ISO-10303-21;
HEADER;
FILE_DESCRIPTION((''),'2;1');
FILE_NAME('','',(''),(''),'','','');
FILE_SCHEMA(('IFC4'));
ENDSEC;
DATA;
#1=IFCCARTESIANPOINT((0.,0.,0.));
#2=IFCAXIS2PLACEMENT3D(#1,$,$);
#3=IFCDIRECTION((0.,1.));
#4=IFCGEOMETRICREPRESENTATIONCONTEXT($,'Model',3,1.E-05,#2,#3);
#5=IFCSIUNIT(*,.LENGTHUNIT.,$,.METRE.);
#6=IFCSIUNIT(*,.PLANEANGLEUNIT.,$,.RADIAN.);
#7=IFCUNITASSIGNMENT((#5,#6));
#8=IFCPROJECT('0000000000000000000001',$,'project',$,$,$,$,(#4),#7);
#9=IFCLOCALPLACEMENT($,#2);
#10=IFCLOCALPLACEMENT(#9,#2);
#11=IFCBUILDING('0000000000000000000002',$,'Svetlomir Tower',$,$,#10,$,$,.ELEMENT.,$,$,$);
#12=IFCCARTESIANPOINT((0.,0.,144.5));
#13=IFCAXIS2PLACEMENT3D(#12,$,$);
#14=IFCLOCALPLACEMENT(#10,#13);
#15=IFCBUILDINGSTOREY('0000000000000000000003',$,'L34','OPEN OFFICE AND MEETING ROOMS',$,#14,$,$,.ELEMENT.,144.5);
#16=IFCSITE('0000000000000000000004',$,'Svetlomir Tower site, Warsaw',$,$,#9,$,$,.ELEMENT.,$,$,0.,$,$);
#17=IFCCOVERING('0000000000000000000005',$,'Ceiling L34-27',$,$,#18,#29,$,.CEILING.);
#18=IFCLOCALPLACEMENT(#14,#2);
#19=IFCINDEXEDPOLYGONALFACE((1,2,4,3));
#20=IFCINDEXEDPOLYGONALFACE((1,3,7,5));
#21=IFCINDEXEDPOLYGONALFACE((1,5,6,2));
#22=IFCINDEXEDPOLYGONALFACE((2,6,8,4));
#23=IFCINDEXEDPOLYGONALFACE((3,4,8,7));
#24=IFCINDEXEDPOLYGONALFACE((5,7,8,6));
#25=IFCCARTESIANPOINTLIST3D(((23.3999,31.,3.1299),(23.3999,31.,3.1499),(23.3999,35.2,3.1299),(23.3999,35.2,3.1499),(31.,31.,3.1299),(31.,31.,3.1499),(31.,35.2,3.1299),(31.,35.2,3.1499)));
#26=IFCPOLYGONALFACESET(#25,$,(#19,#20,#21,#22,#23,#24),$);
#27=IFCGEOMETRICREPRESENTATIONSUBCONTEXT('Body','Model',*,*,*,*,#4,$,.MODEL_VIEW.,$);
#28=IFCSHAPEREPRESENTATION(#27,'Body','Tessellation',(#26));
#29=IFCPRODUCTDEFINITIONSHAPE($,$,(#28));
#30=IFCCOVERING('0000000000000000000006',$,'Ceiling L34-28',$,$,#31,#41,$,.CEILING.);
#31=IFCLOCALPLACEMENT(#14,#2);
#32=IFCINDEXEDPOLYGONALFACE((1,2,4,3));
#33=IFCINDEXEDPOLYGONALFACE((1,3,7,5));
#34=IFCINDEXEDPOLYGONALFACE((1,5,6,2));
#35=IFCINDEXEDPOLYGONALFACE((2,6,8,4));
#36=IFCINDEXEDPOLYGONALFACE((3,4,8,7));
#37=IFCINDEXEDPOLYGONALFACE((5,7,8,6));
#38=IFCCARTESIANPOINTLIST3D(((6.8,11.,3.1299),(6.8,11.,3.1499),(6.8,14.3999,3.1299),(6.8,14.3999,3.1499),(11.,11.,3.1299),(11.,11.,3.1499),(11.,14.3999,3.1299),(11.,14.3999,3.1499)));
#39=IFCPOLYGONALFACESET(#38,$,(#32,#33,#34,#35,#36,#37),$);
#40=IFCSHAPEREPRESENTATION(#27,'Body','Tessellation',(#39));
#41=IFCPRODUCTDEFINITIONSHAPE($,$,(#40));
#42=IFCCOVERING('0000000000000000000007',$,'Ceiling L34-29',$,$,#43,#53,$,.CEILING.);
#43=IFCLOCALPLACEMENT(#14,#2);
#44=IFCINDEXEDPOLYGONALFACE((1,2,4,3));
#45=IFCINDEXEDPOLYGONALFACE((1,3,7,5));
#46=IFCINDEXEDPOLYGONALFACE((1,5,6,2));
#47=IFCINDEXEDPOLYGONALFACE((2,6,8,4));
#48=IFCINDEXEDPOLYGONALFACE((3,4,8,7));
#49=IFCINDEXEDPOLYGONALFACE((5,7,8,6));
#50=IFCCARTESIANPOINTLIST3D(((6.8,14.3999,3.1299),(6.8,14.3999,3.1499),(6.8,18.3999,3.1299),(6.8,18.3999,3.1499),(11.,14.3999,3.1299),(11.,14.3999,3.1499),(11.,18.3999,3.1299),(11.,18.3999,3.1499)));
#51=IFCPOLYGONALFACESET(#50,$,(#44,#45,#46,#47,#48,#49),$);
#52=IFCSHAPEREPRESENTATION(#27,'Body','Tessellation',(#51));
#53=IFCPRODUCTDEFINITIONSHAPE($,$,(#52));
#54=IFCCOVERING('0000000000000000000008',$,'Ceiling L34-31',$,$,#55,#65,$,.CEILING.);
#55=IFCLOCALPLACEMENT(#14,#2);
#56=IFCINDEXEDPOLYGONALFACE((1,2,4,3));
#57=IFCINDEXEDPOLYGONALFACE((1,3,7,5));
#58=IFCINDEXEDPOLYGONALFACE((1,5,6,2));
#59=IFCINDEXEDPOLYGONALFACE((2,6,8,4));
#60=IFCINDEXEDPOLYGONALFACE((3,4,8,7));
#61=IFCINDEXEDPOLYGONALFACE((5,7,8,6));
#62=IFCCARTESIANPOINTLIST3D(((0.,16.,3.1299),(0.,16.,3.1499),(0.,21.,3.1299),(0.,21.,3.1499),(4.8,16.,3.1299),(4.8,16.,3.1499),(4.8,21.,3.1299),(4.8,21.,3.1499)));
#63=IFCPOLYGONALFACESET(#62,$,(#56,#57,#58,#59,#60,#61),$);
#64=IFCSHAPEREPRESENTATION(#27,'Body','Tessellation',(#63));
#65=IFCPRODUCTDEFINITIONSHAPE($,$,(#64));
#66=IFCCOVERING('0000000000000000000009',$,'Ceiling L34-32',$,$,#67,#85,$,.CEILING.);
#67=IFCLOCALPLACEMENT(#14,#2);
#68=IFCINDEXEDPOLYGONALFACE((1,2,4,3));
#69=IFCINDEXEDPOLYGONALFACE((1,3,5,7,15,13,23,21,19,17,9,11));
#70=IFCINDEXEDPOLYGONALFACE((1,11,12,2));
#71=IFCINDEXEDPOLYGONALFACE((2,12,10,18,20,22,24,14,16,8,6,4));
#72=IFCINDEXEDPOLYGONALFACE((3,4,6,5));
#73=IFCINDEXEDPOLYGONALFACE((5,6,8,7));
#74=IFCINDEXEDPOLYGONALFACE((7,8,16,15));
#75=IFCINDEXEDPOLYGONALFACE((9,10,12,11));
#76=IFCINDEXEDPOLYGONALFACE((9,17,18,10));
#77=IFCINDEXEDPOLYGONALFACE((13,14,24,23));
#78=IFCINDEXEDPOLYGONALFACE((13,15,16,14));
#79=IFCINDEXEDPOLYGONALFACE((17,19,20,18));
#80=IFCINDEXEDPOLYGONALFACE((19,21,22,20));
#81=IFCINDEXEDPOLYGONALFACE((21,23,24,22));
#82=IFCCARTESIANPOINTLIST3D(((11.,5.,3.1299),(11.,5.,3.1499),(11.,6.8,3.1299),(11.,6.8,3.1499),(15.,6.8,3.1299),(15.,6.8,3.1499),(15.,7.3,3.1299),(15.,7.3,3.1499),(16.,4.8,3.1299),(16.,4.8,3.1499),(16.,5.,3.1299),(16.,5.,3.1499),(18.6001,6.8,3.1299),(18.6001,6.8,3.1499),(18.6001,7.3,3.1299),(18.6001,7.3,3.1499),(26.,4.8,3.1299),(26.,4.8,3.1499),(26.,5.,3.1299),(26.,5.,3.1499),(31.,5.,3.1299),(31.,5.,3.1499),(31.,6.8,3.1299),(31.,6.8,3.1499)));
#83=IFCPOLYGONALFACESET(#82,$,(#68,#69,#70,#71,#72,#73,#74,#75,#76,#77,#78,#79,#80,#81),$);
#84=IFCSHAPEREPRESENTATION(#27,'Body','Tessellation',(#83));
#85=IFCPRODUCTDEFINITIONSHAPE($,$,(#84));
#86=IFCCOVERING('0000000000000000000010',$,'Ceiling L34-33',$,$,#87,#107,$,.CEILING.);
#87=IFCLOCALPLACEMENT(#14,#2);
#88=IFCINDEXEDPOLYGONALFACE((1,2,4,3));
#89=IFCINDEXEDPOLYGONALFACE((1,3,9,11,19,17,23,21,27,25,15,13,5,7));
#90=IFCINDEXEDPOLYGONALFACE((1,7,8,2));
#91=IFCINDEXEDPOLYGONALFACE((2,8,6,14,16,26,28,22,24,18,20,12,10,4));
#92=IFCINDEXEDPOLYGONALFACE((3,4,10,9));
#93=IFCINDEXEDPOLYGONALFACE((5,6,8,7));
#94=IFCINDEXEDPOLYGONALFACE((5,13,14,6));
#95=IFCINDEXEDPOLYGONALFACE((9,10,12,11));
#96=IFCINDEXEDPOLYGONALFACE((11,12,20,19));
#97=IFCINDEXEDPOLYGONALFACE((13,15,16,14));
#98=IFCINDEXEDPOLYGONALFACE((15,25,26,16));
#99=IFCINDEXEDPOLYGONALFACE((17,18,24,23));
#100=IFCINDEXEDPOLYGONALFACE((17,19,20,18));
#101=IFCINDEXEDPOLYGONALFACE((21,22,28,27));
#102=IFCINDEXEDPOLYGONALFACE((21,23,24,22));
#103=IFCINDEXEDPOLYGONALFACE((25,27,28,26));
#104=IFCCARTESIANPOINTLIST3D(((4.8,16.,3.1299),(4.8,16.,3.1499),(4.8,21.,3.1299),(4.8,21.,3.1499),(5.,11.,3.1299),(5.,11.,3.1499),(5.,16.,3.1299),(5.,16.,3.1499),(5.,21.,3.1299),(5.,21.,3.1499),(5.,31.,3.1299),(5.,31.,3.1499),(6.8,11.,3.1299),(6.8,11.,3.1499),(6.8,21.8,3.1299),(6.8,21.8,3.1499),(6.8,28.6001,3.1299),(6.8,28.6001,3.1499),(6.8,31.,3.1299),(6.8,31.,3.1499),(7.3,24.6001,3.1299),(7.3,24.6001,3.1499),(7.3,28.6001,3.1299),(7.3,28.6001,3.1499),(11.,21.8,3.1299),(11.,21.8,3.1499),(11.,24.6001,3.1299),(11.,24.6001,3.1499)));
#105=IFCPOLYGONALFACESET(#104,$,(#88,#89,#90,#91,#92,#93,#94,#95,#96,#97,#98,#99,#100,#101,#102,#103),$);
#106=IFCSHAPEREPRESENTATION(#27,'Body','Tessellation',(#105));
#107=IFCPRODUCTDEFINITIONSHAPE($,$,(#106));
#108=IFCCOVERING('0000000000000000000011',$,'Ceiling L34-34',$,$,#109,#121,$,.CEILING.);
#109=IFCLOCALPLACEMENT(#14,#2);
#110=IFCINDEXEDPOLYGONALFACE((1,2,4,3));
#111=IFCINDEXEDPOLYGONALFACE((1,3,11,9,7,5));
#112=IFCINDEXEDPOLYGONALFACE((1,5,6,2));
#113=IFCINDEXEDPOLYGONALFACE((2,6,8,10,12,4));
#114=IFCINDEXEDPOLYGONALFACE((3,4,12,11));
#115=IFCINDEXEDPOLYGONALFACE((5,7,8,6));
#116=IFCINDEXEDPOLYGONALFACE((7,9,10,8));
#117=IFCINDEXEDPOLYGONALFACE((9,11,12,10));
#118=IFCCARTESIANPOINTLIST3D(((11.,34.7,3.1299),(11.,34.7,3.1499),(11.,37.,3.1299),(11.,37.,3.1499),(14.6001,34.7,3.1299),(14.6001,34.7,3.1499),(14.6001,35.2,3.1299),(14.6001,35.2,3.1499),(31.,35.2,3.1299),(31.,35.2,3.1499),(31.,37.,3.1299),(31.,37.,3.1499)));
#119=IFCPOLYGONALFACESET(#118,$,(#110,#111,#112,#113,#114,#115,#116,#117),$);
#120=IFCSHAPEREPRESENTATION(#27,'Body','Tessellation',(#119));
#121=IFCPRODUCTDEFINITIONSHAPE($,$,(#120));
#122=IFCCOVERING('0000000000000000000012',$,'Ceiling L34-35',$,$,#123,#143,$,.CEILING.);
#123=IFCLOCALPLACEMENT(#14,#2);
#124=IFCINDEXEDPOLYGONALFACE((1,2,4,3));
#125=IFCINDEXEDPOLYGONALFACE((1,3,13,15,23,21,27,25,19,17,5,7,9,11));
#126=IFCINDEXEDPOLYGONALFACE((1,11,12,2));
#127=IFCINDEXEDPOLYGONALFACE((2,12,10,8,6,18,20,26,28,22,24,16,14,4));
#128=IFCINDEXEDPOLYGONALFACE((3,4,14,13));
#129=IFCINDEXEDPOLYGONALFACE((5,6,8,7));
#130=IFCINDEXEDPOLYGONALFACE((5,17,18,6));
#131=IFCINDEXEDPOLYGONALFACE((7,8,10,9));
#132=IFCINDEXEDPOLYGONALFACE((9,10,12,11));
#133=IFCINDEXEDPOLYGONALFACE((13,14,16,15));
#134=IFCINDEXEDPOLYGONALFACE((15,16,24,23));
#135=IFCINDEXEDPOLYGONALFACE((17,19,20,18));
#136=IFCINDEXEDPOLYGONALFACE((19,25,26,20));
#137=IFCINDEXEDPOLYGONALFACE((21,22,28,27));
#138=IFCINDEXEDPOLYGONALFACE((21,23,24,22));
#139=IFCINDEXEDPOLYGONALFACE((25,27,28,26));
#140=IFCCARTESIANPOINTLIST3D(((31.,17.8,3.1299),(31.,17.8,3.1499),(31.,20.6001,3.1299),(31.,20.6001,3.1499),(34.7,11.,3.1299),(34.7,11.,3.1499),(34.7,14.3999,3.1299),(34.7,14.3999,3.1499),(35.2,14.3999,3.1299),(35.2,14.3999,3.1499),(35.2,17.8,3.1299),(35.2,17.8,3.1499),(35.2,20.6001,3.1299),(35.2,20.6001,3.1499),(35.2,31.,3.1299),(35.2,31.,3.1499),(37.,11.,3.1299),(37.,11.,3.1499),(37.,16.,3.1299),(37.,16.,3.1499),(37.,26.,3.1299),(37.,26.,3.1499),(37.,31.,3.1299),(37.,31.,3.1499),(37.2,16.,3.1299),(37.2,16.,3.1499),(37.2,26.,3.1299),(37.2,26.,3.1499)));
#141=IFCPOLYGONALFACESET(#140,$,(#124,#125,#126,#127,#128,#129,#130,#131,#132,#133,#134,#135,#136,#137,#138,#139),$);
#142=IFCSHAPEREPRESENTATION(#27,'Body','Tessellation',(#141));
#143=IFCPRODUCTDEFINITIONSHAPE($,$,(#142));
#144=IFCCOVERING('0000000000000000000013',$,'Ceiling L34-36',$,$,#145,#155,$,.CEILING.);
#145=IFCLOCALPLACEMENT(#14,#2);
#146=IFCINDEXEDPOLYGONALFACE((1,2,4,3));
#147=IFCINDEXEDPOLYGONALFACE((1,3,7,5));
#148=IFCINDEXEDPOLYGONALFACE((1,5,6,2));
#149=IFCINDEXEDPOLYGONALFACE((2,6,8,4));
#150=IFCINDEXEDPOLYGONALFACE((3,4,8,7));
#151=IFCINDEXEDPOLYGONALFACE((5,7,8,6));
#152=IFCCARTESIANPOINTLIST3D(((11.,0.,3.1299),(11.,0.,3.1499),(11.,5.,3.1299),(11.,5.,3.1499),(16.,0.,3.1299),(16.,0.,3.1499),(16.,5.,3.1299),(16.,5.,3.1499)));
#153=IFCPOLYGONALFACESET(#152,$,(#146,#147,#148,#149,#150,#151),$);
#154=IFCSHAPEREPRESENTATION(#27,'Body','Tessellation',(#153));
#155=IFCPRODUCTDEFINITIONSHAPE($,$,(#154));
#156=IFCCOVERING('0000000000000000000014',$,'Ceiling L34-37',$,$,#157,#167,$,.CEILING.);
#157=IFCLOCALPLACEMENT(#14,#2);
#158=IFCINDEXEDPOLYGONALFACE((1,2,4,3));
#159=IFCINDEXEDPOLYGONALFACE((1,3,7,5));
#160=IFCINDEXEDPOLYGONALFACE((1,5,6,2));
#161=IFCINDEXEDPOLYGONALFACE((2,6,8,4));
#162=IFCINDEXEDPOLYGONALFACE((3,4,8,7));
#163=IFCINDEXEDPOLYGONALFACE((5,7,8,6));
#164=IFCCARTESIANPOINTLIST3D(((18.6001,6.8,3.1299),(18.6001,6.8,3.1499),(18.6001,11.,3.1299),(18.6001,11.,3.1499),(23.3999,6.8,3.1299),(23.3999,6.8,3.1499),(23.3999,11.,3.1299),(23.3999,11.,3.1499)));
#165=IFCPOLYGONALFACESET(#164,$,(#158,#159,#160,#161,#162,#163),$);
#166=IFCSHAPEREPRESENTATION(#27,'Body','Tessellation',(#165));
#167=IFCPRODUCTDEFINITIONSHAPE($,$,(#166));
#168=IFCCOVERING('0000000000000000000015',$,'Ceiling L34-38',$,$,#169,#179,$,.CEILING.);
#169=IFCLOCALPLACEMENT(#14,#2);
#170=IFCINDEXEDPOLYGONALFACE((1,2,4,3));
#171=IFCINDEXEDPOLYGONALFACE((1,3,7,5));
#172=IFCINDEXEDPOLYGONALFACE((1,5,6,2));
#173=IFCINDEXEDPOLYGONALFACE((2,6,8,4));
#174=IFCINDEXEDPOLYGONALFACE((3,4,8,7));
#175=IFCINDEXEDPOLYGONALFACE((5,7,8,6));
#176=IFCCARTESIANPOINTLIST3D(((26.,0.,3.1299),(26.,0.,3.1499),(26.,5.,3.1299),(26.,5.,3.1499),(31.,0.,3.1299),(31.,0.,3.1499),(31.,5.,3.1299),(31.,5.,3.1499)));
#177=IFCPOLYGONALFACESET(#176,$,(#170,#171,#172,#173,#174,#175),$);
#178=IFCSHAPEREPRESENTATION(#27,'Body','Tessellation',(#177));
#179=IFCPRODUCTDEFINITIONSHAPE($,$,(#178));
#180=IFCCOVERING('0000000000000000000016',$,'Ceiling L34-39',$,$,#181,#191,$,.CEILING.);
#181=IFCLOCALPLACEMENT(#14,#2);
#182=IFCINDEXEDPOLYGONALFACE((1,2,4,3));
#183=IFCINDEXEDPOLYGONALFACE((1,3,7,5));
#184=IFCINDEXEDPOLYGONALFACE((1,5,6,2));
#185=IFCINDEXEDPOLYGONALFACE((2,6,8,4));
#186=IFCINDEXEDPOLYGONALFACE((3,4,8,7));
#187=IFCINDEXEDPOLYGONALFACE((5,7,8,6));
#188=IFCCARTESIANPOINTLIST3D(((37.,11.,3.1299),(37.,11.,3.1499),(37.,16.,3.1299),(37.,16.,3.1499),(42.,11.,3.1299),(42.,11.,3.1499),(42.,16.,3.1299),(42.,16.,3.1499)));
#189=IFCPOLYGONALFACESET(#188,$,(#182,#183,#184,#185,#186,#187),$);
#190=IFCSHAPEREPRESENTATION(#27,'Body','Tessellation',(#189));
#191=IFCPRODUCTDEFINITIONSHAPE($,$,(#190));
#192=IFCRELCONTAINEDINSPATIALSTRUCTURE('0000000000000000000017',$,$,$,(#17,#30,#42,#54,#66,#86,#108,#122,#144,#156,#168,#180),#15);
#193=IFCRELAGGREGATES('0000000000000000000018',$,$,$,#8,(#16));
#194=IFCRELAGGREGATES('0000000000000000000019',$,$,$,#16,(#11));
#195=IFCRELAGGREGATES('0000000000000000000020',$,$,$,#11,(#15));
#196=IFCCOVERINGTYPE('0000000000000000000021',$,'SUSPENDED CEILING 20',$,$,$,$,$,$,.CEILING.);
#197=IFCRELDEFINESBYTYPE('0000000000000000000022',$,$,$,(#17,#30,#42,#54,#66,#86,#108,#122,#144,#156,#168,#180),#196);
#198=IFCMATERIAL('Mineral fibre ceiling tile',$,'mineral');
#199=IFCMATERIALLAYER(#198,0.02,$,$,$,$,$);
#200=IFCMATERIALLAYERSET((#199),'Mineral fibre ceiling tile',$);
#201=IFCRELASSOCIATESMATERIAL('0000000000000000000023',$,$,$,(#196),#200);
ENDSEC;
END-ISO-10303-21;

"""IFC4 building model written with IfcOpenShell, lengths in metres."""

from ifc_helpers import new_model, si_unit, direction, frame, origin, place, context, subcontext, project, spatial, polyline, outline, extrude, material, layer, layer_set, type_object, element, save


model = new_model("IFC4")

# Units and contexts
model_context = context("Model", 3, precision=1e-05, world=origin(), true_north=direction((0.0, 1.0)))
body_context = subcontext(model_context, "Body", "Model", "MODEL_VIEW")
ifc_project = project(units=[si_unit("LENGTHUNIT", "METRE"), si_unit("PLANEANGLEUNIT", "RADIAN")], contexts=[model_context])

# Site, building, storey
site_placement = place(None, origin())
site = spatial("IfcSite", under=ifc_project, at=site_placement, Name="Svetlomir Tower site, Warsaw", CompositionType="ELEMENT", RefElevation=0.0)
building_placement = place(site_placement, origin())
building = spatial("IfcBuilding", under=site, at=building_placement, Name="Svetlomir Tower", CompositionType="ELEMENT")
storey_placement = place(building_placement, frame((0.0, 0.0, 144.5)))
storey = spatial("IfcBuildingStorey", under=building, at=storey_placement, Name="L34", Description="OPEN OFFICE AND MEETING ROOMS", CompositionType="ELEMENT", Elevation=144.5)

# Coverings
ifc_material_1 = material(Name="Mineral fibre ceiling tile", Category="mineral")
ifc_layer_1 = layer(ifc_material_1, 0.02)
ifc_layer_set_1 = layer_set([ifc_layer_1], Name="Mineral fibre ceiling tile")
covering_type_1 = type_object("IfcCoveringType", Name="SUSPENDED CEILING 20", PredefinedType="CEILING", material=ifc_layer_set_1)
covering_1_placement = place(storey_placement, frame((0.0, 0.0, 3.1299)))
element("IfcCovering", 1, at=covering_1_placement, inside=storey, type_object=covering_type_1, Name="Ceiling L34-27", PredefinedType="CEILING", context=body_context, shape_type="SweptSolid", body=[
    extrude(outline(polyline([(23.3999, 31.0), (31.0, 31.0), (31.0, 35.2), (23.3999, 35.2), (23.3999, 31.0)])), origin(), (0.0, 0.0, 1.0), 0.02),
])
covering_2_placement = place(storey_placement, frame((0.0, 0.0, 3.1299)))
element("IfcCovering", 2, at=covering_2_placement, inside=storey, type_object=covering_type_1, Name="Ceiling L34-28", PredefinedType="CEILING", context=body_context, shape_type="SweptSolid", body=[
    extrude(outline(polyline([(6.8, 11.0), (11.0, 11.0), (11.0, 14.3999), (6.8, 14.3999), (6.8, 11.0)])), origin(), (0.0, 0.0, 1.0), 0.02),
])
covering_3_placement = place(storey_placement, frame((0.0, 0.0, 3.1299)))
element("IfcCovering", 3, at=covering_3_placement, inside=storey, type_object=covering_type_1, Name="Ceiling L34-29", PredefinedType="CEILING", context=body_context, shape_type="SweptSolid", body=[
    extrude(outline(polyline([(6.8, 14.3999), (11.0, 14.3999), (11.0, 18.3999), (6.8, 18.3999), (6.8, 14.3999)])), origin(), (0.0, 0.0, 1.0), 0.02),
])
covering_4_placement = place(storey_placement, frame((0.0, 0.0, 3.1299)))
element("IfcCovering", 4, at=covering_4_placement, inside=storey, type_object=covering_type_1, Name="Ceiling L34-31", PredefinedType="CEILING", context=body_context, shape_type="SweptSolid", body=[
    extrude(outline(polyline([(0.0, 16.0), (4.8, 16.0), (4.8, 21.0), (0.0, 21.0), (0.0, 16.0)])), origin(), (0.0, 0.0, 1.0), 0.02),
])
covering_5_placement = place(storey_placement, frame((0.0, 0.0, 3.1299)))
element("IfcCovering", 5, at=covering_5_placement, inside=storey, type_object=covering_type_1, Name="Ceiling L34-32", PredefinedType="CEILING", context=body_context, shape_type="SweptSolid", body=[
    extrude(outline(polyline([(18.6001, 7.3), (18.6001, 6.8), (31.0, 6.8), (31.0, 5.0), (26.0, 5.0), (26.0, 4.8), (16.0, 4.8), (16.0, 5.0), (11.0, 5.0), (11.0, 6.8), (15.0, 6.8), (15.0, 7.3), (18.6001, 7.3)])), origin(), (0.0, 0.0, 1.0), 0.02),
])
covering_6_placement = place(storey_placement, frame((0.0, 0.0, 3.1299)))
element("IfcCovering", 6, at=covering_6_placement, inside=storey, type_object=covering_type_1, Name="Ceiling L34-33", PredefinedType="CEILING", context=body_context, shape_type="SweptSolid", body=[
    extrude(outline(polyline([(5.0, 31.0), (6.8, 31.0), (6.8, 28.6001), (7.3, 28.6001), (7.3, 24.6001), (11.0, 24.6001), (11.0, 21.8), (6.8, 21.8), (6.8, 11.0), (5.0, 11.0), (5.0, 16.0), (4.8, 16.0), (4.8, 21.0), (5.0, 21.0), (5.0, 31.0)])), origin(), (0.0, 0.0, 1.0), 0.02),
])
covering_7_placement = place(storey_placement, frame((0.0, 0.0, 3.1299)))
element("IfcCovering", 7, at=covering_7_placement, inside=storey, type_object=covering_type_1, Name="Ceiling L34-34", PredefinedType="CEILING", context=body_context, shape_type="SweptSolid", body=[
    extrude(outline(polyline([(11.0, 34.7), (11.0, 37.0), (31.0, 37.0), (31.0, 35.2), (14.6001, 35.2), (14.6001, 34.7), (11.0, 34.7)])), origin(), (0.0, 0.0, 1.0), 0.02),
])
covering_8_placement = place(storey_placement, frame((0.0, 0.0, 3.1299)))
element("IfcCovering", 8, at=covering_8_placement, inside=storey, type_object=covering_type_1, Name="Ceiling L34-35", PredefinedType="CEILING", context=body_context, shape_type="SweptSolid", body=[
    extrude(outline(polyline([(34.7, 14.3999), (35.2, 14.3999), (35.2, 17.8), (31.0, 17.8), (31.0, 20.6001), (35.2, 20.6001), (35.2, 31.0), (37.0, 31.0), (37.0, 26.0), (37.2, 26.0), (37.2, 16.0), (37.0, 16.0), (37.0, 11.0), (34.7, 11.0), (34.7, 14.3999)])), origin(), (0.0, 0.0, 1.0), 0.02),
])
covering_9_placement = place(storey_placement, frame((0.0, 0.0, 3.1299)))
element("IfcCovering", 9, at=covering_9_placement, inside=storey, type_object=covering_type_1, Name="Ceiling L34-36", PredefinedType="CEILING", context=body_context, shape_type="SweptSolid", body=[
    extrude(outline(polyline([(16.0, 5.0), (16.0, 0.0), (11.0, 0.0), (11.0, 5.0), (16.0, 5.0)])), origin(), (0.0, 0.0, 1.0), 0.02),
])
covering_10_placement = place(storey_placement, frame((0.0, 0.0, 3.1299)))
element("IfcCovering", 10, at=covering_10_placement, inside=storey, type_object=covering_type_1, Name="Ceiling L34-37", PredefinedType="CEILING", context=body_context, shape_type="SweptSolid", body=[
    extrude(outline(polyline([(23.3999, 11.0), (23.3999, 6.8), (18.6001, 6.8), (18.6001, 11.0), (23.3999, 11.0)])), origin(), (0.0, 0.0, 1.0), 0.02),
])
covering_11_placement = place(storey_placement, frame((0.0, 0.0, 3.1299)))
element("IfcCovering", 11, at=covering_11_placement, inside=storey, type_object=covering_type_1, Name="Ceiling L34-38", PredefinedType="CEILING", context=body_context, shape_type="SweptSolid", body=[
    extrude(outline(polyline([(26.0, 0.0), (26.0, 5.0), (31.0, 5.0), (31.0, 0.0), (26.0, 0.0)])), origin(), (0.0, 0.0, 1.0), 0.02),
])
covering_12_placement = place(storey_placement, frame((0.0, 0.0, 3.1299)))
element("IfcCovering", 12, at=covering_12_placement, inside=storey, type_object=covering_type_1, Name="Ceiling L34-39", PredefinedType="CEILING", context=body_context, shape_type="SweptSolid", body=[
    extrude(outline(polyline([(37.0, 16.0), (42.0, 16.0), (42.0, 11.0), (37.0, 11.0), (37.0, 16.0)])), origin(), (0.0, 0.0, 1.0), 0.02),
])

save(model, "model.ifc")
